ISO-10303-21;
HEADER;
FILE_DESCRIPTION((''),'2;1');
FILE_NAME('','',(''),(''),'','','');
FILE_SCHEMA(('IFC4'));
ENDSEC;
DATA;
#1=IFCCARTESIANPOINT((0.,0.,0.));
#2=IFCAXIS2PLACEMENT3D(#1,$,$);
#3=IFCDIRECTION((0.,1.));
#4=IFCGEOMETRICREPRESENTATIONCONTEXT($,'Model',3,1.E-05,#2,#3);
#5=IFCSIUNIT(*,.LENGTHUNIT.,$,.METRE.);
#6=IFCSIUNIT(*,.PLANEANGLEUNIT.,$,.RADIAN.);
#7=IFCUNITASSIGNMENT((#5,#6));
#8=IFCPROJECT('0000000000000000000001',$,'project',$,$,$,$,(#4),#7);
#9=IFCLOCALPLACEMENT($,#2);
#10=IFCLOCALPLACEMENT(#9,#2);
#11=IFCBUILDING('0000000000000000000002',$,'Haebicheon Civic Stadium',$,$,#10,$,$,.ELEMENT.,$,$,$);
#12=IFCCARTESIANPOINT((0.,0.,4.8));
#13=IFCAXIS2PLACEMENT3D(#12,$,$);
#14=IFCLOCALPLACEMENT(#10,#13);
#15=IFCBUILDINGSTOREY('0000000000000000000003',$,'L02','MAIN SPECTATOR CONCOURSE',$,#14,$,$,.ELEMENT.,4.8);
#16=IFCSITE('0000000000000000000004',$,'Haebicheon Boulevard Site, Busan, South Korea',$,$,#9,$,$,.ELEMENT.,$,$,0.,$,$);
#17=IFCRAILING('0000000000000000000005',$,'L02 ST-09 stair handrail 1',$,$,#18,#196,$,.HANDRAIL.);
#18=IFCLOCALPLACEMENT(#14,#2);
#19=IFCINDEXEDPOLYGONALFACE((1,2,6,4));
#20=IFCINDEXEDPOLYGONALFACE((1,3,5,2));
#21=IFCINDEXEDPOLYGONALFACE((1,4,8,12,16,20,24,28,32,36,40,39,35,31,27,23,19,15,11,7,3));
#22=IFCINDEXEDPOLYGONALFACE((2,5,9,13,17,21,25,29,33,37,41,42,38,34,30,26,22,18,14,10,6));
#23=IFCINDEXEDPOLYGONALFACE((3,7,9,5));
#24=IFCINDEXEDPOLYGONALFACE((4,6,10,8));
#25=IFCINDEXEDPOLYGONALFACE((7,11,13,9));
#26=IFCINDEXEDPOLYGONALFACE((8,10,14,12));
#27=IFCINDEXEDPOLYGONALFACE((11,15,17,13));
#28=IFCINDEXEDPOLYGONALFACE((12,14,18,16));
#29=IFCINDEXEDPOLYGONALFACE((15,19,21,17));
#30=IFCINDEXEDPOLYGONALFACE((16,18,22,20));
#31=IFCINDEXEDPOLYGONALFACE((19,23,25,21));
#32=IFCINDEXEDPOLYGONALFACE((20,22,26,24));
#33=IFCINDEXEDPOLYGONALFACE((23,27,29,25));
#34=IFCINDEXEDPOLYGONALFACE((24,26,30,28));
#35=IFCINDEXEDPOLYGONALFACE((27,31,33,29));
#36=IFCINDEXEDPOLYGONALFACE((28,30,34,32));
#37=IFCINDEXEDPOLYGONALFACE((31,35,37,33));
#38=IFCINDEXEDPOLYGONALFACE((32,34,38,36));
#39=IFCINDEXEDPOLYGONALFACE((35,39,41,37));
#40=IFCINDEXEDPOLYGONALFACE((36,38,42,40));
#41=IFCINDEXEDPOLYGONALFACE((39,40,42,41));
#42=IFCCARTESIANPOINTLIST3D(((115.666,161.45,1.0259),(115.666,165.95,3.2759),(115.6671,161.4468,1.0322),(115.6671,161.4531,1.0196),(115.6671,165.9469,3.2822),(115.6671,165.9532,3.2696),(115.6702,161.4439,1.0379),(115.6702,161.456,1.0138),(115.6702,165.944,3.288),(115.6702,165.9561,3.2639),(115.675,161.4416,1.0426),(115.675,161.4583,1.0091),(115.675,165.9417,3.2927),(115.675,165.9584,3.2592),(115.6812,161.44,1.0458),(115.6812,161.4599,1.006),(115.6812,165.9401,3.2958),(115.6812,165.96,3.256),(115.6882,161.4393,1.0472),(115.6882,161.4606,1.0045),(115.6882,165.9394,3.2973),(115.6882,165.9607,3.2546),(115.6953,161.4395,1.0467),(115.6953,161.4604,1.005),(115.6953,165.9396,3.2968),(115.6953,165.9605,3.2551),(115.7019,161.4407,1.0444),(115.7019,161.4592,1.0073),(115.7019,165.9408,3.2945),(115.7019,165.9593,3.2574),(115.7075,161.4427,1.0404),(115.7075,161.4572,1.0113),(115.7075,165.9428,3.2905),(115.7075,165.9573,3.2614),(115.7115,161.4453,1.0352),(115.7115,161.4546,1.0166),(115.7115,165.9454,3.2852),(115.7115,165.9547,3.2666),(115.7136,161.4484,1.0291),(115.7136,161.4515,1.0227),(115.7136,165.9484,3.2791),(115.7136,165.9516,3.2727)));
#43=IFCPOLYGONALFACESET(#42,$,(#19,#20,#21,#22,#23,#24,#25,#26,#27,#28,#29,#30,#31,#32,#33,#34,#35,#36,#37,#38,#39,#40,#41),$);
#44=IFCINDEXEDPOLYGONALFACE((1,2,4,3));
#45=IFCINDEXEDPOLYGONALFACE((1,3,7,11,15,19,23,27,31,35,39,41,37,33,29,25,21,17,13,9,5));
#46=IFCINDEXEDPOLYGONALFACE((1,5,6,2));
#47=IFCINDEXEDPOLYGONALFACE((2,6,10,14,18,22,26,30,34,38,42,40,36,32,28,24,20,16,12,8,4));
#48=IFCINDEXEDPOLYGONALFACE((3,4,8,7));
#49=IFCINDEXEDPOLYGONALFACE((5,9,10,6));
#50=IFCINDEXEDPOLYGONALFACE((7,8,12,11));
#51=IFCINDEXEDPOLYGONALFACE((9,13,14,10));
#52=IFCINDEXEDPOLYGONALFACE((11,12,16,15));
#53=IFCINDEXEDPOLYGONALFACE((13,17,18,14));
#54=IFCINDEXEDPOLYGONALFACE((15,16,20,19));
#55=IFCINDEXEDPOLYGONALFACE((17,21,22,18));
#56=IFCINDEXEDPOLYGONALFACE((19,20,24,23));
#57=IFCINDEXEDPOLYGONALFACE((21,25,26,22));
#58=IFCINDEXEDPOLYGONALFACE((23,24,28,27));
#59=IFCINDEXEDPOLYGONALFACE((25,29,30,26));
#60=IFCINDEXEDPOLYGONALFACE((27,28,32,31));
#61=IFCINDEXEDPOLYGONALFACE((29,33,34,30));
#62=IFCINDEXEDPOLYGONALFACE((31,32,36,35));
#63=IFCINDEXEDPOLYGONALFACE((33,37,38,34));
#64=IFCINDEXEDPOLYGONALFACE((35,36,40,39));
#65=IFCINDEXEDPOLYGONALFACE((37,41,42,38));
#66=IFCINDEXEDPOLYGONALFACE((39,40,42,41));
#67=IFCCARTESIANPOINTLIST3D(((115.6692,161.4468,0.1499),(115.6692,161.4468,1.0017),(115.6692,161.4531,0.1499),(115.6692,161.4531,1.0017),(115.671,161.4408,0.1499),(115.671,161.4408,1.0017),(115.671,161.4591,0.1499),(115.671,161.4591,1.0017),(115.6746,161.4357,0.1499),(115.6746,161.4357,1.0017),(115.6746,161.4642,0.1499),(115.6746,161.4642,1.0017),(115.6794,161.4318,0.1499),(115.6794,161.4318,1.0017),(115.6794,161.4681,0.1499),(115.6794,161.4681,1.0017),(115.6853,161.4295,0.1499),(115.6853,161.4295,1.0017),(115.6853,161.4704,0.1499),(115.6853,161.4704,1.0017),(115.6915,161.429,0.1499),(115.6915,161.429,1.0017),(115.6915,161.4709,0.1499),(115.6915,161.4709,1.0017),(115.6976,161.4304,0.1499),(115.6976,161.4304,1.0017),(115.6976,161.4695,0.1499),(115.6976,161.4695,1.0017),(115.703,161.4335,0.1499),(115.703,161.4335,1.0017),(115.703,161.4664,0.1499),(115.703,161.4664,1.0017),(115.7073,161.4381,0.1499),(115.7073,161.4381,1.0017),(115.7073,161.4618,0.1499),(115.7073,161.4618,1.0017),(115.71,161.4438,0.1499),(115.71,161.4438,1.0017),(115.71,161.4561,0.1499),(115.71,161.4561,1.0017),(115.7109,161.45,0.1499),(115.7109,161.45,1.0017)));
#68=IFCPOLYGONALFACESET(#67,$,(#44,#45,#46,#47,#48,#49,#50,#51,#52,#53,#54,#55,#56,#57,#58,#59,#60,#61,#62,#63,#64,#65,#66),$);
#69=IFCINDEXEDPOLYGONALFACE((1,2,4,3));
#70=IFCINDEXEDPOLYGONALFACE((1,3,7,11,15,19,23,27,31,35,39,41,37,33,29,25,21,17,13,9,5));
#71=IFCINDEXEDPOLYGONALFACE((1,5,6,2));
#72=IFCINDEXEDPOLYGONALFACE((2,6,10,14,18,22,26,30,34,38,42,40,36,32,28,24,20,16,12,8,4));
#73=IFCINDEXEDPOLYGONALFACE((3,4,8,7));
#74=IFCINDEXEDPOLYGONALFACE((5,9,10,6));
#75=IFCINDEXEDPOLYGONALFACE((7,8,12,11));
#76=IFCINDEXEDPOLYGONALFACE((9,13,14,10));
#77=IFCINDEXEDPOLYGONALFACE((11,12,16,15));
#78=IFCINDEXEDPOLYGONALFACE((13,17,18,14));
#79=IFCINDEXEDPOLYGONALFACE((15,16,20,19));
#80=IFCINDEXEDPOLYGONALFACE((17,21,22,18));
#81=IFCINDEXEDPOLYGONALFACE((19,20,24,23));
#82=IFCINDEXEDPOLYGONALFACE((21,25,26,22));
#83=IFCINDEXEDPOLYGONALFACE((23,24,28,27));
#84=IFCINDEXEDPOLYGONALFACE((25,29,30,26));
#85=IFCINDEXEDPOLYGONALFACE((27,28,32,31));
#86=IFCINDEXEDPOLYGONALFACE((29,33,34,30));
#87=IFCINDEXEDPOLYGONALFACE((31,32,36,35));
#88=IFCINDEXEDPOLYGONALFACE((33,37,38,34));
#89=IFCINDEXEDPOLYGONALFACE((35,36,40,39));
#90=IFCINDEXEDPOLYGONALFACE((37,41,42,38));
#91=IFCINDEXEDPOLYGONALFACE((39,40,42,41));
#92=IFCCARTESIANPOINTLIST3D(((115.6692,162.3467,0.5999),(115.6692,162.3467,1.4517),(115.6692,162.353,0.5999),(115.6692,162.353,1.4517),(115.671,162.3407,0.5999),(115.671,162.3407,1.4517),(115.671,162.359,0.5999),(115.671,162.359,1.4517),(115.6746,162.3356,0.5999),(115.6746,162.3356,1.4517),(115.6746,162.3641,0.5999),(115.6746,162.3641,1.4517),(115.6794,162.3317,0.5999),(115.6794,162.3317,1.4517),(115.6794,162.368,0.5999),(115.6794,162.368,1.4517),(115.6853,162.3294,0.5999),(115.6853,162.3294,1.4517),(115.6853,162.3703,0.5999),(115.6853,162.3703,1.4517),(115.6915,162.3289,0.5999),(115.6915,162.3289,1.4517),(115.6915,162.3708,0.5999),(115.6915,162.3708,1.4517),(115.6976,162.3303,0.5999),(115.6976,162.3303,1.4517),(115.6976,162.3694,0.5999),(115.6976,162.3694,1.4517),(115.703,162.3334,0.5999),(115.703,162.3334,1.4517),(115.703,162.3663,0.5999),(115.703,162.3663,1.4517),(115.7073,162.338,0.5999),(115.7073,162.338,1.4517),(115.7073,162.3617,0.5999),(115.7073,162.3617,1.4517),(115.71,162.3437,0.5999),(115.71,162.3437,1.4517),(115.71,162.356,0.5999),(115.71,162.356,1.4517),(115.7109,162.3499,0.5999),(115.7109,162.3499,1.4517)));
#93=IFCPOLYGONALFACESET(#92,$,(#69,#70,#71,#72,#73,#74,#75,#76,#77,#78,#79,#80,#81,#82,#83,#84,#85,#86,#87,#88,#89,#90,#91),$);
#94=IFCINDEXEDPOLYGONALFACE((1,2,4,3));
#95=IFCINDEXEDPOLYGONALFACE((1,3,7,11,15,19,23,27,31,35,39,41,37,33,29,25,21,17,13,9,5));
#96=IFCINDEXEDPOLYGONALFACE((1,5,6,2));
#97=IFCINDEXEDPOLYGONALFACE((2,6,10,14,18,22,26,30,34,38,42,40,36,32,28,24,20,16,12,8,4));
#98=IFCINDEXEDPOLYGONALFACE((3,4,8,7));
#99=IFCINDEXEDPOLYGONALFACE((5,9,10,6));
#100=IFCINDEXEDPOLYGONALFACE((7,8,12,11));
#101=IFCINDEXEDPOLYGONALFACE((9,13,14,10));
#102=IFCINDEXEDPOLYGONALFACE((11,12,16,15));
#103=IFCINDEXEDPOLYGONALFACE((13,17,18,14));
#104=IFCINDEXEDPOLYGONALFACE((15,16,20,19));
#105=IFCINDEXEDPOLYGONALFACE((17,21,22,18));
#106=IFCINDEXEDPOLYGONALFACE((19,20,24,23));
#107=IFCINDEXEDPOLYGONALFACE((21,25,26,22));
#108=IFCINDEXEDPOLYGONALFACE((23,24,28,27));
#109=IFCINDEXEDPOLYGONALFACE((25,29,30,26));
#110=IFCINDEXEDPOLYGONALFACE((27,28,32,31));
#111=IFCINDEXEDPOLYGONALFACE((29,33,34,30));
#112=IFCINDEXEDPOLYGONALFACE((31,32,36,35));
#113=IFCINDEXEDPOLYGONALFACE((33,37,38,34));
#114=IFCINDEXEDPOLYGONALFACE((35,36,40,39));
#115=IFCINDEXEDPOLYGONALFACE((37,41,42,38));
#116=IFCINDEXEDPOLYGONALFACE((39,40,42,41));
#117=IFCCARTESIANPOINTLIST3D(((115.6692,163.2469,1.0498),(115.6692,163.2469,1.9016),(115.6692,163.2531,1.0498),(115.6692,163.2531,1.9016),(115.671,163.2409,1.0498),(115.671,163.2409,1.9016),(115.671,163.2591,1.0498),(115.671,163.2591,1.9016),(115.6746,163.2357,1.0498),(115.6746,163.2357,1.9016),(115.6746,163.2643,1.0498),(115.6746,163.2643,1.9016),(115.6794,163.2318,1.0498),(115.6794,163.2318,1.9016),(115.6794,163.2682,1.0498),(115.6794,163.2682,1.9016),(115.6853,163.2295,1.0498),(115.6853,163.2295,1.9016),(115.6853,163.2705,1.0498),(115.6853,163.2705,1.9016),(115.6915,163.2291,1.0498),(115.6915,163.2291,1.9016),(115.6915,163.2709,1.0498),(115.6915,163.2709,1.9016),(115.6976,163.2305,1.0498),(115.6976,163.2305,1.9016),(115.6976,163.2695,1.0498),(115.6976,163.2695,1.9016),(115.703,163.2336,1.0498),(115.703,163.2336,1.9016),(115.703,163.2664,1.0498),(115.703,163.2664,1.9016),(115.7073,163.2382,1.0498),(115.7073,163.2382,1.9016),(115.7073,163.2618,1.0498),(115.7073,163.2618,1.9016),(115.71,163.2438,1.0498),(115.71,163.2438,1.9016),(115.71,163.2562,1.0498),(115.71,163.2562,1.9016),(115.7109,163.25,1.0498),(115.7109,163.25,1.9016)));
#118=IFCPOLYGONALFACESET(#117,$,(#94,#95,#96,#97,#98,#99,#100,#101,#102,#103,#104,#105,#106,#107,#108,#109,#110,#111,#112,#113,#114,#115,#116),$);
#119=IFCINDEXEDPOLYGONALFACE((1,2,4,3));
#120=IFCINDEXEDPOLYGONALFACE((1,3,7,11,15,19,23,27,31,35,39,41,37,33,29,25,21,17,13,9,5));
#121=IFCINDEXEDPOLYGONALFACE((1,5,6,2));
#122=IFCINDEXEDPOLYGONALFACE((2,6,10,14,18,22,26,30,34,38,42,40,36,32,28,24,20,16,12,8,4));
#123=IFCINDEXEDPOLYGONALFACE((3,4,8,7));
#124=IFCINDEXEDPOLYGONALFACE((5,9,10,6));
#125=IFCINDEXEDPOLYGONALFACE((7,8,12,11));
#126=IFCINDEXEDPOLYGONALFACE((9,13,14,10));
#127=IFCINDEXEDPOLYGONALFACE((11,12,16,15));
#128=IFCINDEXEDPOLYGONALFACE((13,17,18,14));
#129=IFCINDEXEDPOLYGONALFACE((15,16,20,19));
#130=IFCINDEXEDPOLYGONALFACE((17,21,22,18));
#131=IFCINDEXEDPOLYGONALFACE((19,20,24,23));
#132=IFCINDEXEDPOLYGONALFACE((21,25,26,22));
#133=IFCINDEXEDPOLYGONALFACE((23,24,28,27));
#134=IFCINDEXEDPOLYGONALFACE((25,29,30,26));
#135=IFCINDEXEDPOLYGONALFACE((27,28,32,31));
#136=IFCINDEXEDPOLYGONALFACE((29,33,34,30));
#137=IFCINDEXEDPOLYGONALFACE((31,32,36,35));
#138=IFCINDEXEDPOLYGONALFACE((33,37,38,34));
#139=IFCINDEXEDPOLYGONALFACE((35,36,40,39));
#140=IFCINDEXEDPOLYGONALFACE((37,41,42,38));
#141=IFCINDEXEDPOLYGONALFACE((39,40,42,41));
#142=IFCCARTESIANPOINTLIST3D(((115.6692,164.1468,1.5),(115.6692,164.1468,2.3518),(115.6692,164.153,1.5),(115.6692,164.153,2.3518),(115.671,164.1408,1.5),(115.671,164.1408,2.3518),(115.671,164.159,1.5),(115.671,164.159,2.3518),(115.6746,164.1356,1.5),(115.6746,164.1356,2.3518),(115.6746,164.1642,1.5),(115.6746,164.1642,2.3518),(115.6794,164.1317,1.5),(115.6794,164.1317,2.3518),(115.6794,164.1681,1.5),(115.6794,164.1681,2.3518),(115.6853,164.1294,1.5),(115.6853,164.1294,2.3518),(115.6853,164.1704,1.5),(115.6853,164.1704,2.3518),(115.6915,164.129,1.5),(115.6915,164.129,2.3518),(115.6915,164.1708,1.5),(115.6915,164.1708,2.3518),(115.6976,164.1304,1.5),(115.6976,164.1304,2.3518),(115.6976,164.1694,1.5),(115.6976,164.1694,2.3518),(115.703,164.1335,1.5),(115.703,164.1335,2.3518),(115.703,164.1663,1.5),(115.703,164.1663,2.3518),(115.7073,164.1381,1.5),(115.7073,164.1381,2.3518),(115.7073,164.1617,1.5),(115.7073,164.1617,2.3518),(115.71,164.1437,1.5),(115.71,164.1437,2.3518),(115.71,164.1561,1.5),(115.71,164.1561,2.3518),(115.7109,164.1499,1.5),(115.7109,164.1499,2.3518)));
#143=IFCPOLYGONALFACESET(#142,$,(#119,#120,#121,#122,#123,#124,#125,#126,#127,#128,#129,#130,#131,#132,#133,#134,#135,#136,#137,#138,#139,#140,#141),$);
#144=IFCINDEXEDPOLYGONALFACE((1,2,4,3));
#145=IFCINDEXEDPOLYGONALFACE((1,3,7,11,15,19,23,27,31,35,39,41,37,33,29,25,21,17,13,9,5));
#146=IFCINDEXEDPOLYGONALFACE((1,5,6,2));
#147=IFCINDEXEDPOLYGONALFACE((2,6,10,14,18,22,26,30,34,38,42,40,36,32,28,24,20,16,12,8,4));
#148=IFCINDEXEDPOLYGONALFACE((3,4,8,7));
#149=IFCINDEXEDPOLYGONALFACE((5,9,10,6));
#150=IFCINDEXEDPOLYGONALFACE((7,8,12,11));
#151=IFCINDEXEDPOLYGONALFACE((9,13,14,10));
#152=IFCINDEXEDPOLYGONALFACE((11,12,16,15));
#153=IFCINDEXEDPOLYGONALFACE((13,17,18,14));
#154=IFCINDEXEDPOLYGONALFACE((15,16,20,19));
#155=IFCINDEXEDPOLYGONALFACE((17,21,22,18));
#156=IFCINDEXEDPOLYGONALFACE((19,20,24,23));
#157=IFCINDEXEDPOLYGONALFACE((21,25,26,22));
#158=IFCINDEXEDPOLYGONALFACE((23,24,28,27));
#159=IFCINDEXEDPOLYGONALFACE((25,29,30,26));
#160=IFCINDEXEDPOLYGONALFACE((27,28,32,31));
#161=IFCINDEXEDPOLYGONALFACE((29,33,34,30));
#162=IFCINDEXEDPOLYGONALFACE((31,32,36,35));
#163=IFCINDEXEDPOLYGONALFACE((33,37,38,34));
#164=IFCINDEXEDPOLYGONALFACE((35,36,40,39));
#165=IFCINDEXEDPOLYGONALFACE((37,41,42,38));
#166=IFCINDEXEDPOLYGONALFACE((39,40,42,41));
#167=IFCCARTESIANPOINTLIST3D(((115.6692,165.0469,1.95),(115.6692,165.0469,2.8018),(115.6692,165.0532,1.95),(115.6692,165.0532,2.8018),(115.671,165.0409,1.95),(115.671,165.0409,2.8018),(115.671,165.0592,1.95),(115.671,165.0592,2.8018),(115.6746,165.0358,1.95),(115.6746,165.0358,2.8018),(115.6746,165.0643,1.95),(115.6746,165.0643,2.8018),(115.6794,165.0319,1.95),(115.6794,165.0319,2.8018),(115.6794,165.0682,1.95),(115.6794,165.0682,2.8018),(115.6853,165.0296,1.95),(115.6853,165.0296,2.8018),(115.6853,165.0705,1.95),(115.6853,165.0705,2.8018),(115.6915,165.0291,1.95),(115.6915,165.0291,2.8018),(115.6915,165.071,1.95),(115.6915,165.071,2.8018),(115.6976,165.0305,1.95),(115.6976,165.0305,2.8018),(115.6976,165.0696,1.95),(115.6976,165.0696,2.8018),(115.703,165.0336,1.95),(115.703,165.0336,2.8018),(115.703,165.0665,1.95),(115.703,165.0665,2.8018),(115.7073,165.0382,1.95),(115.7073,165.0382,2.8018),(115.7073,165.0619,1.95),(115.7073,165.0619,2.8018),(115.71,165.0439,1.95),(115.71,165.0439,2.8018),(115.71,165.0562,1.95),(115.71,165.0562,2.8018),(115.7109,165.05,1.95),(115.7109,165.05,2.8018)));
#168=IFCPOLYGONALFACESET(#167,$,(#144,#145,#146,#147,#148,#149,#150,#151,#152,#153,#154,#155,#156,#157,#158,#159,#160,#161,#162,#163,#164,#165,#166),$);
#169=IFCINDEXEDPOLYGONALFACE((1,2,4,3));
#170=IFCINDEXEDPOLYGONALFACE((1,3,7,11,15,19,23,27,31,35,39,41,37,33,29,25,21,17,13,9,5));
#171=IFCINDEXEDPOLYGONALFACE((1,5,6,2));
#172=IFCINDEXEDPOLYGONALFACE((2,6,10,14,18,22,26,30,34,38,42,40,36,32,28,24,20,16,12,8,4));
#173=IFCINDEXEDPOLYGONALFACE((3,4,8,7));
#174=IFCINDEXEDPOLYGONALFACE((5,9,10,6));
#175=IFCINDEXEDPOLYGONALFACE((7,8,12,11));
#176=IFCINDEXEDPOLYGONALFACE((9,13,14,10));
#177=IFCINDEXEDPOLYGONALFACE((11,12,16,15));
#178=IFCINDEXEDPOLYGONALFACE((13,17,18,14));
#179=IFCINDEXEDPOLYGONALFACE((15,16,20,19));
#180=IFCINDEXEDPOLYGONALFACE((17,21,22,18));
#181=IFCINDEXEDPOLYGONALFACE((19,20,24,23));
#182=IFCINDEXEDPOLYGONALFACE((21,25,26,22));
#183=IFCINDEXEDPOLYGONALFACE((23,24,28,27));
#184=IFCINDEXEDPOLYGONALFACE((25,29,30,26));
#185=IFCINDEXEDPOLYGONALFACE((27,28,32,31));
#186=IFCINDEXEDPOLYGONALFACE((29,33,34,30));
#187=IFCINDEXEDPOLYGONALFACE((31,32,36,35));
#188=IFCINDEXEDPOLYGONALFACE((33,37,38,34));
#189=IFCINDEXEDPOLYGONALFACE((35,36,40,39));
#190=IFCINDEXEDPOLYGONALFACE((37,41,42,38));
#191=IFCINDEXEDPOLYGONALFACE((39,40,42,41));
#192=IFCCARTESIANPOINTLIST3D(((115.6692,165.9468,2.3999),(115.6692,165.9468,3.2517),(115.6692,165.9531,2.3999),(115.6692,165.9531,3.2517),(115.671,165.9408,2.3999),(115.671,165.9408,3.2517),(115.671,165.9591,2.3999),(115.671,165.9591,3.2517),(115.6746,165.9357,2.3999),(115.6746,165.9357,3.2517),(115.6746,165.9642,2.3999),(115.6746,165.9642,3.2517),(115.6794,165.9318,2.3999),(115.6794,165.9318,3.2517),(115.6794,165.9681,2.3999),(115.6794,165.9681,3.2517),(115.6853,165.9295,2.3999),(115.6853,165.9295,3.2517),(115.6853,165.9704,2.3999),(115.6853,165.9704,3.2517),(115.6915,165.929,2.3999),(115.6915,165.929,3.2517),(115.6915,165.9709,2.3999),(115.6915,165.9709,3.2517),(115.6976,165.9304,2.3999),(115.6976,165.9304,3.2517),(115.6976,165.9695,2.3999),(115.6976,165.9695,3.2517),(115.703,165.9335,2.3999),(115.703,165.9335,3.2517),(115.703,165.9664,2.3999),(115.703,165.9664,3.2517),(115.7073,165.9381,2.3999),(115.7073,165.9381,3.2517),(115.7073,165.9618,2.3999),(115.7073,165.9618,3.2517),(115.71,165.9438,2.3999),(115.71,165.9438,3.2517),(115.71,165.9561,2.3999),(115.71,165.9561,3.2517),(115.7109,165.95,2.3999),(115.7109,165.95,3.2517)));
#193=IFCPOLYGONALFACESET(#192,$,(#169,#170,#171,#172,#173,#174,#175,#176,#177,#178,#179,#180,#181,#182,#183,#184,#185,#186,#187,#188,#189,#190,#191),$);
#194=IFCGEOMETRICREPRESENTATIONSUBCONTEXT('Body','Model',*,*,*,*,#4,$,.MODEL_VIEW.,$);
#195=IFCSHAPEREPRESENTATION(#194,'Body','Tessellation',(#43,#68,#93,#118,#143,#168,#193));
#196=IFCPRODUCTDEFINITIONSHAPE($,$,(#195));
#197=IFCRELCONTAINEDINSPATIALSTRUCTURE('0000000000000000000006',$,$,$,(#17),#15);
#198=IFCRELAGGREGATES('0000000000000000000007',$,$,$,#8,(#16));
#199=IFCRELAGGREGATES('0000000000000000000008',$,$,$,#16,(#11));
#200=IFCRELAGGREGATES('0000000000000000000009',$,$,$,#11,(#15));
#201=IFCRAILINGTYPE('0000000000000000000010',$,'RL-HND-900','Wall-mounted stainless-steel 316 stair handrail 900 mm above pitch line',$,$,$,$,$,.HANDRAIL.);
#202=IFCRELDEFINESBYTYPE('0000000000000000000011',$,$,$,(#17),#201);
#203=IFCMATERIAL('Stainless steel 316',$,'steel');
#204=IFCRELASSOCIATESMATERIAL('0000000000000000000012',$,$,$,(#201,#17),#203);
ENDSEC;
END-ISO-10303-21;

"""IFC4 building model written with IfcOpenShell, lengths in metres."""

from ifc_helpers import new_model, si_unit, direction, frame, origin, origin_2d, place, context, subcontext, project, spatial, circle, extrude, material, type_object, element, save


model = new_model("IFC4")

# Units and contexts
model_context = context("Model", 3, precision=1e-05, world=origin(), true_north=direction((0.0, 1.0)))
body_context = subcontext(model_context, "Body", "Model", "MODEL_VIEW")
ifc_project = project(units=[si_unit("LENGTHUNIT", "METRE"), si_unit("PLANEANGLEUNIT", "RADIAN")], contexts=[model_context])

# Site, building, storey
site_placement = place(None, origin())
site = spatial("IfcSite", under=ifc_project, at=site_placement, Name="Haebicheon Boulevard Site, Busan, South Korea", CompositionType="ELEMENT", RefElevation=0.0)
building_placement = place(site_placement, origin())
building = spatial("IfcBuilding", under=site, at=building_placement, Name="Haebicheon Civic Stadium", CompositionType="ELEMENT")
storey_placement = place(building_placement, frame((0.0, 0.0, 4.8)))
storey = spatial("IfcBuildingStorey", under=building, at=storey_placement, Name="L02", Description="MAIN SPECTATOR CONCOURSE", CompositionType="ELEMENT", Elevation=4.8)

# Railing
ifc_material_1 = material(Name="Stainless steel 316", Category="steel")
railing_type_1 = type_object("IfcRailingType", Name="RL-HND-900", Description="Wall-mounted stainless-steel 316 stair handrail 900 mm above pitch line", PredefinedType="HANDRAIL", material=ifc_material_1)
railing_1_placement = place(storey_placement, frame((115.6899, 161.45, 0.1499)))
element("IfcRailing", 1, at=railing_1_placement, inside=storey, type_object=railing_type_1, material=ifc_material_1, Name="L02 ST-09 stair handrail 1", PredefinedType="HANDRAIL", context=body_context, shape_type="SweptSolid", body=[
    extrude(circle(Radius=0.0239, at=origin_2d()), frame((0.0, 0.0, 0.876), z_axis=(0.0, 0.894427, 0.447214), x_axis=(-1.0, 0.0, 0.0)), (0.0, 0.0, 1.0), 5.0312),
    extrude(circle(Radius=0.021, at=origin_2d()), origin(), (0.0, 0.0, 1.0), 0.8518),
    extrude(circle(Radius=0.021, at=origin_2d()), frame((0.0, 0.8999, 0.45)), (0.0, 0.0, 1.0), 0.8518),
    extrude(circle(Radius=0.021, at=origin_2d()), frame((0.0, 1.8, 0.8999)), (0.0, 0.0, 1.0), 0.8518),
    extrude(circle(Radius=0.021, at=origin_2d()), frame((0.0, 2.7, 1.3501)), (0.0, 0.0, 1.0), 0.8518),
    extrude(circle(Radius=0.021, at=origin_2d()), frame((0.0, 3.6001, 1.8)), (0.0, 0.0, 1.0), 0.8518),
    extrude(circle(Radius=0.021, at=origin_2d()), frame((0.0, 4.5, 2.25)), (0.0, 0.0, 1.0), 0.8518),
])

save(model, "model.ifc")
